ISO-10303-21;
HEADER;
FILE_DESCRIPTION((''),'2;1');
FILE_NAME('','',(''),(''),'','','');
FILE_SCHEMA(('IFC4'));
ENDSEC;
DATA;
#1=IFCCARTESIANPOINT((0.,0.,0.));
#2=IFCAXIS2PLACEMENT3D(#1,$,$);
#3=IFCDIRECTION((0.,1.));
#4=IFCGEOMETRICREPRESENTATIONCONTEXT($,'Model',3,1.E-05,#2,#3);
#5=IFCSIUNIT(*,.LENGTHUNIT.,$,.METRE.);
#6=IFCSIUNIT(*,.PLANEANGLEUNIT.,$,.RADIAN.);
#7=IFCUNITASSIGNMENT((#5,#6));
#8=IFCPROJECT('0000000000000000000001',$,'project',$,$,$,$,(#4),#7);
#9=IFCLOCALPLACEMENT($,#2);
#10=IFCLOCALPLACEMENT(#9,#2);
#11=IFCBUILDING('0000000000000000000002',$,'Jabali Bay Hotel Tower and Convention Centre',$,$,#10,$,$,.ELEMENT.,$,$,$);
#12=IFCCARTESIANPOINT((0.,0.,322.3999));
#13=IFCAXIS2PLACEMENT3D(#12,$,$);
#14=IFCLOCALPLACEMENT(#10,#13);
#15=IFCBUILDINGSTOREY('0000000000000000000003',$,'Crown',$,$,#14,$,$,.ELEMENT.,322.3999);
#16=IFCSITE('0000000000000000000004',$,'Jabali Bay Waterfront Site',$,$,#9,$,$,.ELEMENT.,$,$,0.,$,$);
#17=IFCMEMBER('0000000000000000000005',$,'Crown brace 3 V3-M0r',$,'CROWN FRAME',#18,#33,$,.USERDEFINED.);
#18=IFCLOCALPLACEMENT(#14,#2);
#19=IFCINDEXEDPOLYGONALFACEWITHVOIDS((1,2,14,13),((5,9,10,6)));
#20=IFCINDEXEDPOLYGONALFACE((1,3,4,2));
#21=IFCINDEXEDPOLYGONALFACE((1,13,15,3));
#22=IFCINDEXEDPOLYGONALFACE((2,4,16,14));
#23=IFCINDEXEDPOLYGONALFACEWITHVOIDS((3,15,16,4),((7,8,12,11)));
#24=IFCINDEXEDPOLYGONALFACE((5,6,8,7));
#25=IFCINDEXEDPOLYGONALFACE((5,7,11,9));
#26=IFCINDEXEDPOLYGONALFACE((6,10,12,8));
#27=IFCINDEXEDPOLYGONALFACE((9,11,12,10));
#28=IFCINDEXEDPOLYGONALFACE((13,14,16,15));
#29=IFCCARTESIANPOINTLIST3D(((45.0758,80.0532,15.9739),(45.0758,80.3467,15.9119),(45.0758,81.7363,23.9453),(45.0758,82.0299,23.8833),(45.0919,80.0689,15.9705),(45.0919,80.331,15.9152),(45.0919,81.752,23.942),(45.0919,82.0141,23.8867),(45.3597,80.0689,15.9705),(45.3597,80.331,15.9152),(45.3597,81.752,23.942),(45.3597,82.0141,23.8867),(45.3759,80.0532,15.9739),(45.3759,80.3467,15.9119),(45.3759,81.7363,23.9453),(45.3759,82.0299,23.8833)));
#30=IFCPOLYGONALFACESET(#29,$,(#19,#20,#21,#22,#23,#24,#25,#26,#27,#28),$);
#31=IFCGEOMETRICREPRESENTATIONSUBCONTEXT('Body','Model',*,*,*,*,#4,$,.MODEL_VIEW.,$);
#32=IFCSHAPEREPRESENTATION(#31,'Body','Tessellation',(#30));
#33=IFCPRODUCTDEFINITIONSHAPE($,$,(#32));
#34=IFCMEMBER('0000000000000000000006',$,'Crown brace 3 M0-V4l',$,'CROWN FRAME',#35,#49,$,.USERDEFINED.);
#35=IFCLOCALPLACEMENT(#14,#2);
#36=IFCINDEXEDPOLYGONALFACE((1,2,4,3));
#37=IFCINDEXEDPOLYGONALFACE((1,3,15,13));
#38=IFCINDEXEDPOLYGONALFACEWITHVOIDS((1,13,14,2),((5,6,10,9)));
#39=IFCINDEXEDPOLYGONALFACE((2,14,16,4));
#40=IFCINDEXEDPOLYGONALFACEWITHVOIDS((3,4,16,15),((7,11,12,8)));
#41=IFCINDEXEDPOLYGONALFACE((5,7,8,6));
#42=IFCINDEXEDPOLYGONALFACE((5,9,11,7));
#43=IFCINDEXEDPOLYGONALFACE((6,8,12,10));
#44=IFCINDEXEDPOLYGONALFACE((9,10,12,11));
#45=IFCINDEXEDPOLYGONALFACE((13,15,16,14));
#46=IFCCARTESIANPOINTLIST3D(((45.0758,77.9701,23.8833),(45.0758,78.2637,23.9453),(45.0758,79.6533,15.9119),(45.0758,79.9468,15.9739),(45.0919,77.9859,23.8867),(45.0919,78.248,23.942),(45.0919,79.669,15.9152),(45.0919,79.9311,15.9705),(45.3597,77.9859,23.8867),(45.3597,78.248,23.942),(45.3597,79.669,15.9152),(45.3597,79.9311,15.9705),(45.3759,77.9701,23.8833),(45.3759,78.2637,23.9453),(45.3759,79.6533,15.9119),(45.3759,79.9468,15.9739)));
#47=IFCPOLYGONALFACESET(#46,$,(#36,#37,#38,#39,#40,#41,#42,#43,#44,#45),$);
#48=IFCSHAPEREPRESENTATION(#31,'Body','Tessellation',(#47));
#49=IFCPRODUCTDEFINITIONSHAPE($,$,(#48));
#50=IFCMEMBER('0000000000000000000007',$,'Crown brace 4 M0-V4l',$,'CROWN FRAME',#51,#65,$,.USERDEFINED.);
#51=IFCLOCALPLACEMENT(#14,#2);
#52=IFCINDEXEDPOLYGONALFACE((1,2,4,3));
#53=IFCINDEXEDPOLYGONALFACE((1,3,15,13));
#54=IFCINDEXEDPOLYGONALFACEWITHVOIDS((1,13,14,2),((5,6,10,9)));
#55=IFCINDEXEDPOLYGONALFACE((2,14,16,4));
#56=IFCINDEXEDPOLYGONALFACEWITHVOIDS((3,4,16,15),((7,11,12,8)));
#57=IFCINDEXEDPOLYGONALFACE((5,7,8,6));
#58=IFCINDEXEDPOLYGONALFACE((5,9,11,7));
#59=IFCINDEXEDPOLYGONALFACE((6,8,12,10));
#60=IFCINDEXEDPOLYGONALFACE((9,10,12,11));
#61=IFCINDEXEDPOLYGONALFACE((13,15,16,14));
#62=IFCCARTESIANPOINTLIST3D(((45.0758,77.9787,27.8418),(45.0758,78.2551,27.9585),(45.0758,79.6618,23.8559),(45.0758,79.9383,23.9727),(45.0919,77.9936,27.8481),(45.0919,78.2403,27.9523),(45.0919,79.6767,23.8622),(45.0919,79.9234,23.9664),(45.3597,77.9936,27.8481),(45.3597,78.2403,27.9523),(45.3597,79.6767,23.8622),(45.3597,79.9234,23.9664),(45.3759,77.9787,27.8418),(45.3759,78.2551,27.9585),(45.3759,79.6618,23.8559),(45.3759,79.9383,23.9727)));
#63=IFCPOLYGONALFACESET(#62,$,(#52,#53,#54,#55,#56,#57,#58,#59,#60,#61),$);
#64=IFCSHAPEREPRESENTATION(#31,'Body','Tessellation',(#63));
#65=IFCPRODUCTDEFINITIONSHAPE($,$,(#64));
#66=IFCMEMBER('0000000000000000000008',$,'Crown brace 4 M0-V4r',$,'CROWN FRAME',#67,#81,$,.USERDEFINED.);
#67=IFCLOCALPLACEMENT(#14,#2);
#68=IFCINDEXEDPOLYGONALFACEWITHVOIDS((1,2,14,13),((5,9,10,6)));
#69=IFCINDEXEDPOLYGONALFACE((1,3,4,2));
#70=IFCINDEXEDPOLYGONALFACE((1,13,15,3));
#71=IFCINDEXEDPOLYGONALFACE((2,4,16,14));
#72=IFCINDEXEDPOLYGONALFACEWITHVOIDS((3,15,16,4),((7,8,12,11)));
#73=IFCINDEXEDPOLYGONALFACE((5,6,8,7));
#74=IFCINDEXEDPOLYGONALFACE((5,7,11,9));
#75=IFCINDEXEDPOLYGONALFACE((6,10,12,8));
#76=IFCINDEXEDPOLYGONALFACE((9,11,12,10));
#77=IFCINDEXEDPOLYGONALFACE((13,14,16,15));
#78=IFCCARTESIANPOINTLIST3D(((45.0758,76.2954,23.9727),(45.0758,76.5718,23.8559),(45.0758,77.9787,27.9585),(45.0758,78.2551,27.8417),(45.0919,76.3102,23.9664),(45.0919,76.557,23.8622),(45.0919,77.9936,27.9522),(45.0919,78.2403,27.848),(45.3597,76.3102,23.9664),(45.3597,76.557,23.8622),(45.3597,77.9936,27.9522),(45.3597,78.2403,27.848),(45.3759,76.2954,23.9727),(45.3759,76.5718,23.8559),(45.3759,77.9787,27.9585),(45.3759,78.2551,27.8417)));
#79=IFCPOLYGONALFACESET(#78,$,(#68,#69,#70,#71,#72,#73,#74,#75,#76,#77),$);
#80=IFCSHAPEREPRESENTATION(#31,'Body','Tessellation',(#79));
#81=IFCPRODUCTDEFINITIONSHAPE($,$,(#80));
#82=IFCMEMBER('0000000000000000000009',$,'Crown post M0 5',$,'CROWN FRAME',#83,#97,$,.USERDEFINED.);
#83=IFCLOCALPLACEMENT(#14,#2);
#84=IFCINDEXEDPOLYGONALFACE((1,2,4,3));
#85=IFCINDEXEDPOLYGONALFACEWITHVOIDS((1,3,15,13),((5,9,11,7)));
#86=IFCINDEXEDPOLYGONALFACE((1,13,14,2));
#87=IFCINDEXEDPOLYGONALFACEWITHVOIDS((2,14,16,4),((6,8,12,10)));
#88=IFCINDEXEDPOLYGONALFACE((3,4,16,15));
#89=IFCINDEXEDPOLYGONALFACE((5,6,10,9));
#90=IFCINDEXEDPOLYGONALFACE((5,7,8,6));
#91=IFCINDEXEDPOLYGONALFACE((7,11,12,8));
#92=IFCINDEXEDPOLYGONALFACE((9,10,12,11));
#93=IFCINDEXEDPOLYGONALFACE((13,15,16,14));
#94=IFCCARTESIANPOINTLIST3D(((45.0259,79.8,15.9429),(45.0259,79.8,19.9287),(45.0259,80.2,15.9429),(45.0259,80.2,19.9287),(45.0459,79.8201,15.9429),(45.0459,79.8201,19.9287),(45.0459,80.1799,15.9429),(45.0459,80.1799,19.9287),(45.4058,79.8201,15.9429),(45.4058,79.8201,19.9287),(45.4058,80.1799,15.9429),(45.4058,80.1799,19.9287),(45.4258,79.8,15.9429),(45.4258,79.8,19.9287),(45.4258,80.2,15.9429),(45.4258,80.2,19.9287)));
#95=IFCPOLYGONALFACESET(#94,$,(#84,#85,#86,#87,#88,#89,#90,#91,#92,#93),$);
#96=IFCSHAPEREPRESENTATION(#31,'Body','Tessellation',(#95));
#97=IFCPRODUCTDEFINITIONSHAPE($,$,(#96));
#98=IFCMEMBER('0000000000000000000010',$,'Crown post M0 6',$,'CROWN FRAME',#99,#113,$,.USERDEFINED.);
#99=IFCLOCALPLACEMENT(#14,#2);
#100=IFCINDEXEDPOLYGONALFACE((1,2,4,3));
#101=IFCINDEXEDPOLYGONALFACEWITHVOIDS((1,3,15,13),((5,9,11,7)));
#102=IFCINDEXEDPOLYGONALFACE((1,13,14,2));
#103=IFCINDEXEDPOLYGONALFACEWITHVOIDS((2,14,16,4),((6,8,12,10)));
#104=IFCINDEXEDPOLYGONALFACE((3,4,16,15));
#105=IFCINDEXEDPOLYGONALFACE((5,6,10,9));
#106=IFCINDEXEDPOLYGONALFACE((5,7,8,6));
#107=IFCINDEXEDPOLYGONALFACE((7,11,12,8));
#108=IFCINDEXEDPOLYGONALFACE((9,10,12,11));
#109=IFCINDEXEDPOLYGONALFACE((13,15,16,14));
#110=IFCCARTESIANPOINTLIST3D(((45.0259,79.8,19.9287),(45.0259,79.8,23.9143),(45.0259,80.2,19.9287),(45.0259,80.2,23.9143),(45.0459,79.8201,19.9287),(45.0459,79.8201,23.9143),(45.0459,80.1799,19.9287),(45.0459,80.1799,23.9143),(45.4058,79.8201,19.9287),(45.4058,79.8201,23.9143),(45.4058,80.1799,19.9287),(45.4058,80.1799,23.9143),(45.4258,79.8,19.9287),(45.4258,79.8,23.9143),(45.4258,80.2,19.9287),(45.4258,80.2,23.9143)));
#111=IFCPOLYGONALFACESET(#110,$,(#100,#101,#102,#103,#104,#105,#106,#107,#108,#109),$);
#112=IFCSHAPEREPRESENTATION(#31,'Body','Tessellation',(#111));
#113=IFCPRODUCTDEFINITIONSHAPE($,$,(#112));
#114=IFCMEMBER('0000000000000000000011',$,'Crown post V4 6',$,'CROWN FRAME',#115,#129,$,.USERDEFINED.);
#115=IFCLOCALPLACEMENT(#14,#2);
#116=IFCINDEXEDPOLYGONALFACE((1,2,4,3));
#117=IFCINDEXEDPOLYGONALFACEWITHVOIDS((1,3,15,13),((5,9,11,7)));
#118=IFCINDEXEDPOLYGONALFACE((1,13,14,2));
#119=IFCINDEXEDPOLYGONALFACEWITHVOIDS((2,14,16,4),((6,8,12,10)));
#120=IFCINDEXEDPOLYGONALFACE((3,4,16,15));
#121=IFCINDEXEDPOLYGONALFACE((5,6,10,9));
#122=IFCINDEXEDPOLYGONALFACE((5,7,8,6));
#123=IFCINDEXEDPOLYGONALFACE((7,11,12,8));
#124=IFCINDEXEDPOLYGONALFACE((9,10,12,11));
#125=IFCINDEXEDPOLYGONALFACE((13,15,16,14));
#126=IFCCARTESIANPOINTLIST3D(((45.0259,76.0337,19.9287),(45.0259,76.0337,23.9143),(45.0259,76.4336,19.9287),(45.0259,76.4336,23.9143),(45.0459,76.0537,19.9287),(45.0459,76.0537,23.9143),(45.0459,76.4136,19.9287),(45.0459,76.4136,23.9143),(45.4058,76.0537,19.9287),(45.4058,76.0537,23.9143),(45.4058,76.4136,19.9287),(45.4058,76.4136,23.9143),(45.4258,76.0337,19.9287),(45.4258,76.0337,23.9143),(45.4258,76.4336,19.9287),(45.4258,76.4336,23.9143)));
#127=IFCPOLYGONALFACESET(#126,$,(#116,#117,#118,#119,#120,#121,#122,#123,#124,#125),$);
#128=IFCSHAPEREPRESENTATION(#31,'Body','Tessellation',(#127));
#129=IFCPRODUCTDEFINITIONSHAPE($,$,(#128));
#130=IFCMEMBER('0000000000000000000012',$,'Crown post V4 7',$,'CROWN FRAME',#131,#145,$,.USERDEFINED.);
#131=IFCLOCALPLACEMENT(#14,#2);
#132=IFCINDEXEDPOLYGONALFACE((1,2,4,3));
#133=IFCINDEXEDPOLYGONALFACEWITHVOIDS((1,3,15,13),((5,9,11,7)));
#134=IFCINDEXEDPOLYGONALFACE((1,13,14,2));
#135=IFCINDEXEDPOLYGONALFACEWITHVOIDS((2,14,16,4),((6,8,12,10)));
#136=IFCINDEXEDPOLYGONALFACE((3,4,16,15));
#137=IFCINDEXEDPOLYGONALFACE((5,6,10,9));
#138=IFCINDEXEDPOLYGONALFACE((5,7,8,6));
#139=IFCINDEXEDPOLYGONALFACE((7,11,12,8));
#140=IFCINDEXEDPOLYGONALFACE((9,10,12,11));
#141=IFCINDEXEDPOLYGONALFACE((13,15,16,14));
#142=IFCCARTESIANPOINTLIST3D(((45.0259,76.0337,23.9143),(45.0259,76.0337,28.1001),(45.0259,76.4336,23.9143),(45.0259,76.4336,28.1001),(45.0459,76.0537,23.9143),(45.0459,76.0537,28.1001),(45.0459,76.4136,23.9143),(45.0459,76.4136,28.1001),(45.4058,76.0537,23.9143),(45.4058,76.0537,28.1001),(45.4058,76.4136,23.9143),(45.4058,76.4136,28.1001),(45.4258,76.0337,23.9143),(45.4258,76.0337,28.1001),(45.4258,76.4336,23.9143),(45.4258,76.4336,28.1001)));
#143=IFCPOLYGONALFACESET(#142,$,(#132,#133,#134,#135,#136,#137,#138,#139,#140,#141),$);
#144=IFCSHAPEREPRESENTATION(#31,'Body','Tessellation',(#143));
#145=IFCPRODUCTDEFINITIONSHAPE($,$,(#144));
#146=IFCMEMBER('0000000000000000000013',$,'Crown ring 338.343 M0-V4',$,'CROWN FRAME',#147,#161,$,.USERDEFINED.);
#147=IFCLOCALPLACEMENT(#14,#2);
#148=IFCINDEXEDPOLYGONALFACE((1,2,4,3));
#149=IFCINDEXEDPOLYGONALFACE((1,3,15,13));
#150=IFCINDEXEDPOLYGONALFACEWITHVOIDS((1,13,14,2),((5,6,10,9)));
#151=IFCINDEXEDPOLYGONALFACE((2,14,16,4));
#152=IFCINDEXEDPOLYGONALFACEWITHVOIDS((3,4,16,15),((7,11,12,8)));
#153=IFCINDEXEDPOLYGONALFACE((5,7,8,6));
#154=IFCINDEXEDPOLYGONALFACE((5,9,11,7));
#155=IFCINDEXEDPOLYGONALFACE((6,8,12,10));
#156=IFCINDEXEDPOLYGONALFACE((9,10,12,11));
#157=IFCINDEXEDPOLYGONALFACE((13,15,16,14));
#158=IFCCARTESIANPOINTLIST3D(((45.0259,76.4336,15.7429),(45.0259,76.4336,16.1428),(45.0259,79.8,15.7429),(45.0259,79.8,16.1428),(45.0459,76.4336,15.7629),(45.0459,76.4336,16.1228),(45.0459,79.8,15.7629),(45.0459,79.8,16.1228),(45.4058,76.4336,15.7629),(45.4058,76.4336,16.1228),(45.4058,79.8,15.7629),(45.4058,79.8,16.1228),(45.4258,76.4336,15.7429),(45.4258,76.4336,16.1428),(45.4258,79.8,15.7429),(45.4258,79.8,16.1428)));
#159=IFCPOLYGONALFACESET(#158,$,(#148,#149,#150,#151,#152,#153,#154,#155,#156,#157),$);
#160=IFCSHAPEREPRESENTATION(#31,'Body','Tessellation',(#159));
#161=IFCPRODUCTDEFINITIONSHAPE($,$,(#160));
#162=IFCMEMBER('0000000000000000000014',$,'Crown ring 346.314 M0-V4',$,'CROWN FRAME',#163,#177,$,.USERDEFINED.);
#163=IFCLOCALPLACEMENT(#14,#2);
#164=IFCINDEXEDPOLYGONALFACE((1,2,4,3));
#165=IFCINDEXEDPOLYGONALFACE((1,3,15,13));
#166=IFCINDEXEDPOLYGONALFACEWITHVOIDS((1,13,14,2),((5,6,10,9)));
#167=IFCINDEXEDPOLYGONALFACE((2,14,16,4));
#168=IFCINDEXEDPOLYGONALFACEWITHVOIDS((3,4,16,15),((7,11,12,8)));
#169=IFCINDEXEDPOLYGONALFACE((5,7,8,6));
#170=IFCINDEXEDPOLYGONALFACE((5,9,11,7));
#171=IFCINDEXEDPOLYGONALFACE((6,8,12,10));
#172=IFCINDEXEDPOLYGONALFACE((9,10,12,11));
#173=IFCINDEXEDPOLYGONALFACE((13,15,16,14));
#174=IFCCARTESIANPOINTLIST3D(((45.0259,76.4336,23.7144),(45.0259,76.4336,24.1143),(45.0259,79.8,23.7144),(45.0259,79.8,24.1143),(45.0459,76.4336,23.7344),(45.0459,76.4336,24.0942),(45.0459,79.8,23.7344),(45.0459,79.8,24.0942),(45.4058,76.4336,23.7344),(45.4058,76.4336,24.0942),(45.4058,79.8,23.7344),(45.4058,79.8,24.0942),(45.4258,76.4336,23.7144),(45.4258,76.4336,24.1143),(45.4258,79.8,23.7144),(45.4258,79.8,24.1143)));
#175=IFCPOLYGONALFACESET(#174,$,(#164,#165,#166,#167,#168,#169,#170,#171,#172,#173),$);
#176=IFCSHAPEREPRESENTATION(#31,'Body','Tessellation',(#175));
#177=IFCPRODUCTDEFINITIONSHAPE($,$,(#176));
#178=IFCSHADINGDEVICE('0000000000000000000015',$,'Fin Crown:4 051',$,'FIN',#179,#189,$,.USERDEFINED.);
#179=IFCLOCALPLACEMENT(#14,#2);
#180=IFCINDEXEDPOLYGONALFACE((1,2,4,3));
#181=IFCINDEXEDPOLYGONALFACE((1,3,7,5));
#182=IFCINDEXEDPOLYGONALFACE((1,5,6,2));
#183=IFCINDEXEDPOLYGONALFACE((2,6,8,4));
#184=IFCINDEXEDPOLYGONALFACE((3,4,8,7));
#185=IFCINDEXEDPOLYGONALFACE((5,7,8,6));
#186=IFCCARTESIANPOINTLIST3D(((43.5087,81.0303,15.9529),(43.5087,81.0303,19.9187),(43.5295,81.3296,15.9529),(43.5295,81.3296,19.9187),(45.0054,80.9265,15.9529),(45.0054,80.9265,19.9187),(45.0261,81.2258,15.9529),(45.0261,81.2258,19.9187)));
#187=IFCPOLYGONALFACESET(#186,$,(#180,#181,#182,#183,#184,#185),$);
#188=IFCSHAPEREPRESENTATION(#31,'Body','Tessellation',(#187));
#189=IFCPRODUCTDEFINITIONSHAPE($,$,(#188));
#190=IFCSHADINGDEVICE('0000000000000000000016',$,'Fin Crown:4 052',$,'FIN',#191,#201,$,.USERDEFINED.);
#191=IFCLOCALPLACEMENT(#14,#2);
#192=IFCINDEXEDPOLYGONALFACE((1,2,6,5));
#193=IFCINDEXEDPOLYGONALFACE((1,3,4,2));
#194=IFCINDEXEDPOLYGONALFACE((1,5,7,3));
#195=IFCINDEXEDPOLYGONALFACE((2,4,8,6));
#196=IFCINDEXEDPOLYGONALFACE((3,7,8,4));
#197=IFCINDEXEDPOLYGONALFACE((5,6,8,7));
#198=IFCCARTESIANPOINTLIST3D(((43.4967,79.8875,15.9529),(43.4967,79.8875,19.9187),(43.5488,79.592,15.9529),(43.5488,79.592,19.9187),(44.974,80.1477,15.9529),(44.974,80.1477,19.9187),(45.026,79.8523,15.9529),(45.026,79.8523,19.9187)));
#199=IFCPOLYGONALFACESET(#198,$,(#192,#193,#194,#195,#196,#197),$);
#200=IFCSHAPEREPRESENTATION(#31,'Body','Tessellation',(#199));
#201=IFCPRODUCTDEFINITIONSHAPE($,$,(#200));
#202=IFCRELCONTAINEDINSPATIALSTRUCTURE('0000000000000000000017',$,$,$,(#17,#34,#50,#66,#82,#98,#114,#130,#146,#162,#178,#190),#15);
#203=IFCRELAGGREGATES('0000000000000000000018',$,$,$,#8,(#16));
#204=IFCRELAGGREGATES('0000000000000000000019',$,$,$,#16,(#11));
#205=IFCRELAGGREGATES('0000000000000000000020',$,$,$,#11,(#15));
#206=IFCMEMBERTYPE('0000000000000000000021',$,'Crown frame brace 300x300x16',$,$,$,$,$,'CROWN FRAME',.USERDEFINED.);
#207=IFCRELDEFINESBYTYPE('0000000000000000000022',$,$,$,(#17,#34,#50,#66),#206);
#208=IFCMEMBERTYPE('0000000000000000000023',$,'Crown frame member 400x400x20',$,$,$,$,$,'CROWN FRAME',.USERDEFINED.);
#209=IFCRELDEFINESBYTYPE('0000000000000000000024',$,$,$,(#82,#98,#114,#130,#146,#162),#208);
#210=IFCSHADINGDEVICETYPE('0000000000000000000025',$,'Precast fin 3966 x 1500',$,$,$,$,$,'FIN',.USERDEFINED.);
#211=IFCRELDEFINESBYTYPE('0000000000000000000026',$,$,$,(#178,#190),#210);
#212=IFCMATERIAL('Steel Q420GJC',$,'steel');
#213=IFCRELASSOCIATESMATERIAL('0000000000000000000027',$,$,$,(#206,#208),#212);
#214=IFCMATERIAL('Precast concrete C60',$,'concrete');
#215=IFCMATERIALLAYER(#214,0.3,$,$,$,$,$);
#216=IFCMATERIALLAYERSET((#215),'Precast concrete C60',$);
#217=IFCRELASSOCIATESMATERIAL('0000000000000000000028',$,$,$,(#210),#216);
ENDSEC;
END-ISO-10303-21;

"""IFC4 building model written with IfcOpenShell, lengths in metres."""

from ifc_helpers import new_model, si_unit, direction, frame, frame_2d, origin, origin_2d, place, context, subcontext, project, spatial, rectangle, hollow_rectangle, extrude, material, layer, layer_set, material_profile, profile_set, type_object, element, save


model = new_model("IFC4")

# Units and contexts
model_context = context("Model", 3, precision=1e-05, world=origin(), true_north=direction((0.0, 1.0)))
body_context = subcontext(model_context, "Body", "Model", "MODEL_VIEW")
ifc_project = project(units=[si_unit("LENGTHUNIT", "METRE"), si_unit("PLANEANGLEUNIT", "RADIAN")], contexts=[model_context])

# Site, building, storey
site_placement = place(None, origin())
site = spatial("IfcSite", under=ifc_project, at=site_placement, Name="Jabali Bay Waterfront Site", CompositionType="ELEMENT", RefElevation=0.0)
building_placement = place(site_placement, origin())
building = spatial("IfcBuilding", under=site, at=building_placement, Name="Jabali Bay Hotel Tower and Convention Centre", CompositionType="ELEMENT")
storey_placement = place(building_placement, frame((0.0, 0.0, 322.3999)))
storey = spatial("IfcBuildingStorey", under=building, at=storey_placement, Name="Crown", CompositionType="ELEMENT", Elevation=322.3999)

# Members
ifc_material_1 = material(Name="Steel Q420GJC", Category="steel")
ifc_material_profile_1 = material_profile(ifc_material_1, hollow_rectangle(XDim=0.3, YDim=0.3, WallThickness=0.0161, at=origin_2d()), Name="Crown frame brace 300x300x16")
ifc_profile_set_1 = profile_set([ifc_material_profile_1], Name="Steel Q420GJC")
member_type_1 = type_object("IfcMemberType", Name="Crown frame brace 300x300x16", ElementType="CROWN FRAME", PredefinedType="USERDEFINED", material=ifc_profile_set_1)
for number, where, z_axis, x_axis, name in (
    (1, (45.2258, 80.2, 15.9429), (0.0, 0.206587, 0.978428), (-1.0, 0.0, 0.0), "Crown brace 3 V3-M0r"),
    (2, (45.2258, 79.8, 15.9429), (0.0, -0.206587, 0.978428), (1.0, 0.0, 0.0), "Crown brace 3 M0-V4l"),
):
    element("IfcMember", number, at=place(storey_placement, frame(where, z_axis=z_axis, x_axis=x_axis)), inside=storey, type_object=member_type_1, Name=name, ObjectType="CROWN FRAME", PredefinedType="USERDEFINED", context=body_context, shape_type="SweptSolid", body=[
        extrude(hollow_rectangle(XDim=0.3, YDim=0.3, WallThickness=0.0161, at=origin_2d()), origin(), (0.0, 0.0, 1.0), 8.1472),
    ])
for number, where, z_axis, x_axis, name in (
    (3, (45.2258, 79.8, 23.9143), (0.0, -0.38901, 0.921233), (1.0, 0.0, 0.0), "Crown brace 4 M0-V4l"),
    (4, (45.2258, 76.4336, 23.9143), (0.0, 0.389058, 0.921213), (-1.0, 0.0, 0.0), "Crown brace 4 M0-V4r"),
):
    element("IfcMember", number, at=place(storey_placement, frame(where, z_axis=z_axis, x_axis=x_axis)), inside=storey, type_object=member_type_1, Name=name, ObjectType="CROWN FRAME", PredefinedType="USERDEFINED", context=body_context, shape_type="SweptSolid", body=[
        extrude(hollow_rectangle(XDim=0.3, YDim=0.3, WallThickness=0.0161, at=origin_2d()), origin(), (0.0, 0.0, 1.0), 4.3267),
    ])
ifc_material_profile_2 = material_profile(ifc_material_1, hollow_rectangle(XDim=0.3999, YDim=0.3999, WallThickness=0.02, at=origin_2d()), Name="Crown frame member 400x400x20")
ifc_profile_set_2 = profile_set([ifc_material_profile_2], Name="Steel Q420GJC")
member_type_2 = type_object("IfcMemberType", Name="Crown frame member 400x400x20", ElementType="CROWN FRAME", PredefinedType="USERDEFINED", material=ifc_profile_set_2)
member_1_placement = place(storey_placement, frame((45.2258, 80.0, 15.9429), z_axis=(0.0, 0.0, 1.0), x_axis=(1.0, 0.0, 0.0)))
element("IfcMember", 5, at=member_1_placement, inside=storey, type_object=member_type_2, Name="Crown post M0 5", ObjectType="CROWN FRAME", PredefinedType="USERDEFINED", context=body_context, shape_type="SweptSolid", body=[
    extrude(hollow_rectangle(XDim=0.3999, YDim=0.3999, WallThickness=0.02, at=origin_2d()), origin(), (0.0, 0.0, 1.0), 3.9858),
])
for number, where, z_axis, x_axis, name in (
    (6, (45.2258, 80.0, 19.9287), (0.0, 0.0, 1.0), (1.0, 0.0, 0.0), "Crown post M0 6"),
    (7, (45.2258, 76.2336, 19.9287), (0.0, 0.0, 1.0), (1.0, 0.0, 0.0), "Crown post V4 6"),
):
    element("IfcMember", number, at=place(storey_placement, frame(where, z_axis=z_axis, x_axis=x_axis)), inside=storey, type_object=member_type_2, Name=name, ObjectType="CROWN FRAME", PredefinedType="USERDEFINED", context=body_context, shape_type="SweptSolid", body=[
        extrude(hollow_rectangle(XDim=0.3999, YDim=0.3999, WallThickness=0.02, at=origin_2d()), origin(), (0.0, 0.0, 1.0), 3.9856),
    ])
member_2_placement = place(storey_placement, frame((45.2258, 76.2336, 23.9143), z_axis=(0.0, 0.0, 1.0), x_axis=(1.0, 0.0, 0.0)))
element("IfcMember", 8, at=member_2_placement, inside=storey, type_object=member_type_2, Name="Crown post V4 7", ObjectType="CROWN FRAME", PredefinedType="USERDEFINED", context=body_context, shape_type="SweptSolid", body=[
    extrude(hollow_rectangle(XDim=0.3999, YDim=0.3999, WallThickness=0.02, at=origin_2d()), origin(), (0.0, 0.0, 1.0), 4.1858),
])
for number, where, z_axis, x_axis, name in (
    (9, (45.2258, 79.8, 15.9429), (0.0, -1.0, 0.0), (1.0, 0.0, 0.0), "Crown ring 338.343 M0-V4"),
    (10, (45.2258, 79.8, 23.9143), (0.0, -1.0, 0.0), (1.0, 0.0, 0.0), "Crown ring 346.314 M0-V4"),
):
    element("IfcMember", number, at=place(storey_placement, frame(where, z_axis=z_axis, x_axis=x_axis)), inside=storey, type_object=member_type_2, Name=name, ObjectType="CROWN FRAME", PredefinedType="USERDEFINED", context=body_context, shape_type="SweptSolid", body=[
        extrude(hollow_rectangle(XDim=0.3999, YDim=0.3999, WallThickness=0.02, at=origin_2d()), origin(), (0.0, 0.0, 1.0), 3.3665),
    ])

# Shading devices
ifc_material_2 = material(Name="Precast concrete C60", Category="concrete")
ifc_layer = layer(ifc_material_2, 0.3)
ifc_layer_set = layer_set([ifc_layer], Name="Precast concrete C60")
shading_device_type = type_object("IfcShadingDeviceType", Name="Precast fin 3966 x 1500", ElementType="FIN", PredefinedType="USERDEFINED", material=ifc_layer_set)
shading_device_1_placement = place(storey_placement, frame((45.0156, 81.0762, 15.9529), z_axis=(0.0, 0.0, 1.0), x_axis=(-0.997605, 0.069165, 0.0)))
element("IfcShadingDevice", 11, at=shading_device_1_placement, inside=storey, type_object=shading_device_type, Name="Fin Crown:4 051", ObjectType="FIN", PredefinedType="USERDEFINED", context=body_context, shape_type="SweptSolid", body=[
    extrude(rectangle(XDim=1.5002, YDim=0.3, at=frame_2d((0.75, 0.0))), origin(), (0.0, 0.0, 1.0), 3.9658),
])
shading_device_2_placement = place(storey_placement, frame((45.0, 80.0, 15.9529), z_axis=(0.0, 0.0, 1.0), x_axis=(-0.984834, -0.173498, 0.0)))
element("IfcShadingDevice", 12, at=shading_device_2_placement, inside=storey, type_object=shading_device_type, Name="Fin Crown:4 052", ObjectType="FIN", PredefinedType="USERDEFINED", context=body_context, shape_type="SweptSolid", body=[
    extrude(rectangle(XDim=1.5, YDim=0.3, at=frame_2d((0.75, 0.0))), origin(), (0.0, 0.0, 1.0), 3.9658),
])

save(model, "model.ifc")
